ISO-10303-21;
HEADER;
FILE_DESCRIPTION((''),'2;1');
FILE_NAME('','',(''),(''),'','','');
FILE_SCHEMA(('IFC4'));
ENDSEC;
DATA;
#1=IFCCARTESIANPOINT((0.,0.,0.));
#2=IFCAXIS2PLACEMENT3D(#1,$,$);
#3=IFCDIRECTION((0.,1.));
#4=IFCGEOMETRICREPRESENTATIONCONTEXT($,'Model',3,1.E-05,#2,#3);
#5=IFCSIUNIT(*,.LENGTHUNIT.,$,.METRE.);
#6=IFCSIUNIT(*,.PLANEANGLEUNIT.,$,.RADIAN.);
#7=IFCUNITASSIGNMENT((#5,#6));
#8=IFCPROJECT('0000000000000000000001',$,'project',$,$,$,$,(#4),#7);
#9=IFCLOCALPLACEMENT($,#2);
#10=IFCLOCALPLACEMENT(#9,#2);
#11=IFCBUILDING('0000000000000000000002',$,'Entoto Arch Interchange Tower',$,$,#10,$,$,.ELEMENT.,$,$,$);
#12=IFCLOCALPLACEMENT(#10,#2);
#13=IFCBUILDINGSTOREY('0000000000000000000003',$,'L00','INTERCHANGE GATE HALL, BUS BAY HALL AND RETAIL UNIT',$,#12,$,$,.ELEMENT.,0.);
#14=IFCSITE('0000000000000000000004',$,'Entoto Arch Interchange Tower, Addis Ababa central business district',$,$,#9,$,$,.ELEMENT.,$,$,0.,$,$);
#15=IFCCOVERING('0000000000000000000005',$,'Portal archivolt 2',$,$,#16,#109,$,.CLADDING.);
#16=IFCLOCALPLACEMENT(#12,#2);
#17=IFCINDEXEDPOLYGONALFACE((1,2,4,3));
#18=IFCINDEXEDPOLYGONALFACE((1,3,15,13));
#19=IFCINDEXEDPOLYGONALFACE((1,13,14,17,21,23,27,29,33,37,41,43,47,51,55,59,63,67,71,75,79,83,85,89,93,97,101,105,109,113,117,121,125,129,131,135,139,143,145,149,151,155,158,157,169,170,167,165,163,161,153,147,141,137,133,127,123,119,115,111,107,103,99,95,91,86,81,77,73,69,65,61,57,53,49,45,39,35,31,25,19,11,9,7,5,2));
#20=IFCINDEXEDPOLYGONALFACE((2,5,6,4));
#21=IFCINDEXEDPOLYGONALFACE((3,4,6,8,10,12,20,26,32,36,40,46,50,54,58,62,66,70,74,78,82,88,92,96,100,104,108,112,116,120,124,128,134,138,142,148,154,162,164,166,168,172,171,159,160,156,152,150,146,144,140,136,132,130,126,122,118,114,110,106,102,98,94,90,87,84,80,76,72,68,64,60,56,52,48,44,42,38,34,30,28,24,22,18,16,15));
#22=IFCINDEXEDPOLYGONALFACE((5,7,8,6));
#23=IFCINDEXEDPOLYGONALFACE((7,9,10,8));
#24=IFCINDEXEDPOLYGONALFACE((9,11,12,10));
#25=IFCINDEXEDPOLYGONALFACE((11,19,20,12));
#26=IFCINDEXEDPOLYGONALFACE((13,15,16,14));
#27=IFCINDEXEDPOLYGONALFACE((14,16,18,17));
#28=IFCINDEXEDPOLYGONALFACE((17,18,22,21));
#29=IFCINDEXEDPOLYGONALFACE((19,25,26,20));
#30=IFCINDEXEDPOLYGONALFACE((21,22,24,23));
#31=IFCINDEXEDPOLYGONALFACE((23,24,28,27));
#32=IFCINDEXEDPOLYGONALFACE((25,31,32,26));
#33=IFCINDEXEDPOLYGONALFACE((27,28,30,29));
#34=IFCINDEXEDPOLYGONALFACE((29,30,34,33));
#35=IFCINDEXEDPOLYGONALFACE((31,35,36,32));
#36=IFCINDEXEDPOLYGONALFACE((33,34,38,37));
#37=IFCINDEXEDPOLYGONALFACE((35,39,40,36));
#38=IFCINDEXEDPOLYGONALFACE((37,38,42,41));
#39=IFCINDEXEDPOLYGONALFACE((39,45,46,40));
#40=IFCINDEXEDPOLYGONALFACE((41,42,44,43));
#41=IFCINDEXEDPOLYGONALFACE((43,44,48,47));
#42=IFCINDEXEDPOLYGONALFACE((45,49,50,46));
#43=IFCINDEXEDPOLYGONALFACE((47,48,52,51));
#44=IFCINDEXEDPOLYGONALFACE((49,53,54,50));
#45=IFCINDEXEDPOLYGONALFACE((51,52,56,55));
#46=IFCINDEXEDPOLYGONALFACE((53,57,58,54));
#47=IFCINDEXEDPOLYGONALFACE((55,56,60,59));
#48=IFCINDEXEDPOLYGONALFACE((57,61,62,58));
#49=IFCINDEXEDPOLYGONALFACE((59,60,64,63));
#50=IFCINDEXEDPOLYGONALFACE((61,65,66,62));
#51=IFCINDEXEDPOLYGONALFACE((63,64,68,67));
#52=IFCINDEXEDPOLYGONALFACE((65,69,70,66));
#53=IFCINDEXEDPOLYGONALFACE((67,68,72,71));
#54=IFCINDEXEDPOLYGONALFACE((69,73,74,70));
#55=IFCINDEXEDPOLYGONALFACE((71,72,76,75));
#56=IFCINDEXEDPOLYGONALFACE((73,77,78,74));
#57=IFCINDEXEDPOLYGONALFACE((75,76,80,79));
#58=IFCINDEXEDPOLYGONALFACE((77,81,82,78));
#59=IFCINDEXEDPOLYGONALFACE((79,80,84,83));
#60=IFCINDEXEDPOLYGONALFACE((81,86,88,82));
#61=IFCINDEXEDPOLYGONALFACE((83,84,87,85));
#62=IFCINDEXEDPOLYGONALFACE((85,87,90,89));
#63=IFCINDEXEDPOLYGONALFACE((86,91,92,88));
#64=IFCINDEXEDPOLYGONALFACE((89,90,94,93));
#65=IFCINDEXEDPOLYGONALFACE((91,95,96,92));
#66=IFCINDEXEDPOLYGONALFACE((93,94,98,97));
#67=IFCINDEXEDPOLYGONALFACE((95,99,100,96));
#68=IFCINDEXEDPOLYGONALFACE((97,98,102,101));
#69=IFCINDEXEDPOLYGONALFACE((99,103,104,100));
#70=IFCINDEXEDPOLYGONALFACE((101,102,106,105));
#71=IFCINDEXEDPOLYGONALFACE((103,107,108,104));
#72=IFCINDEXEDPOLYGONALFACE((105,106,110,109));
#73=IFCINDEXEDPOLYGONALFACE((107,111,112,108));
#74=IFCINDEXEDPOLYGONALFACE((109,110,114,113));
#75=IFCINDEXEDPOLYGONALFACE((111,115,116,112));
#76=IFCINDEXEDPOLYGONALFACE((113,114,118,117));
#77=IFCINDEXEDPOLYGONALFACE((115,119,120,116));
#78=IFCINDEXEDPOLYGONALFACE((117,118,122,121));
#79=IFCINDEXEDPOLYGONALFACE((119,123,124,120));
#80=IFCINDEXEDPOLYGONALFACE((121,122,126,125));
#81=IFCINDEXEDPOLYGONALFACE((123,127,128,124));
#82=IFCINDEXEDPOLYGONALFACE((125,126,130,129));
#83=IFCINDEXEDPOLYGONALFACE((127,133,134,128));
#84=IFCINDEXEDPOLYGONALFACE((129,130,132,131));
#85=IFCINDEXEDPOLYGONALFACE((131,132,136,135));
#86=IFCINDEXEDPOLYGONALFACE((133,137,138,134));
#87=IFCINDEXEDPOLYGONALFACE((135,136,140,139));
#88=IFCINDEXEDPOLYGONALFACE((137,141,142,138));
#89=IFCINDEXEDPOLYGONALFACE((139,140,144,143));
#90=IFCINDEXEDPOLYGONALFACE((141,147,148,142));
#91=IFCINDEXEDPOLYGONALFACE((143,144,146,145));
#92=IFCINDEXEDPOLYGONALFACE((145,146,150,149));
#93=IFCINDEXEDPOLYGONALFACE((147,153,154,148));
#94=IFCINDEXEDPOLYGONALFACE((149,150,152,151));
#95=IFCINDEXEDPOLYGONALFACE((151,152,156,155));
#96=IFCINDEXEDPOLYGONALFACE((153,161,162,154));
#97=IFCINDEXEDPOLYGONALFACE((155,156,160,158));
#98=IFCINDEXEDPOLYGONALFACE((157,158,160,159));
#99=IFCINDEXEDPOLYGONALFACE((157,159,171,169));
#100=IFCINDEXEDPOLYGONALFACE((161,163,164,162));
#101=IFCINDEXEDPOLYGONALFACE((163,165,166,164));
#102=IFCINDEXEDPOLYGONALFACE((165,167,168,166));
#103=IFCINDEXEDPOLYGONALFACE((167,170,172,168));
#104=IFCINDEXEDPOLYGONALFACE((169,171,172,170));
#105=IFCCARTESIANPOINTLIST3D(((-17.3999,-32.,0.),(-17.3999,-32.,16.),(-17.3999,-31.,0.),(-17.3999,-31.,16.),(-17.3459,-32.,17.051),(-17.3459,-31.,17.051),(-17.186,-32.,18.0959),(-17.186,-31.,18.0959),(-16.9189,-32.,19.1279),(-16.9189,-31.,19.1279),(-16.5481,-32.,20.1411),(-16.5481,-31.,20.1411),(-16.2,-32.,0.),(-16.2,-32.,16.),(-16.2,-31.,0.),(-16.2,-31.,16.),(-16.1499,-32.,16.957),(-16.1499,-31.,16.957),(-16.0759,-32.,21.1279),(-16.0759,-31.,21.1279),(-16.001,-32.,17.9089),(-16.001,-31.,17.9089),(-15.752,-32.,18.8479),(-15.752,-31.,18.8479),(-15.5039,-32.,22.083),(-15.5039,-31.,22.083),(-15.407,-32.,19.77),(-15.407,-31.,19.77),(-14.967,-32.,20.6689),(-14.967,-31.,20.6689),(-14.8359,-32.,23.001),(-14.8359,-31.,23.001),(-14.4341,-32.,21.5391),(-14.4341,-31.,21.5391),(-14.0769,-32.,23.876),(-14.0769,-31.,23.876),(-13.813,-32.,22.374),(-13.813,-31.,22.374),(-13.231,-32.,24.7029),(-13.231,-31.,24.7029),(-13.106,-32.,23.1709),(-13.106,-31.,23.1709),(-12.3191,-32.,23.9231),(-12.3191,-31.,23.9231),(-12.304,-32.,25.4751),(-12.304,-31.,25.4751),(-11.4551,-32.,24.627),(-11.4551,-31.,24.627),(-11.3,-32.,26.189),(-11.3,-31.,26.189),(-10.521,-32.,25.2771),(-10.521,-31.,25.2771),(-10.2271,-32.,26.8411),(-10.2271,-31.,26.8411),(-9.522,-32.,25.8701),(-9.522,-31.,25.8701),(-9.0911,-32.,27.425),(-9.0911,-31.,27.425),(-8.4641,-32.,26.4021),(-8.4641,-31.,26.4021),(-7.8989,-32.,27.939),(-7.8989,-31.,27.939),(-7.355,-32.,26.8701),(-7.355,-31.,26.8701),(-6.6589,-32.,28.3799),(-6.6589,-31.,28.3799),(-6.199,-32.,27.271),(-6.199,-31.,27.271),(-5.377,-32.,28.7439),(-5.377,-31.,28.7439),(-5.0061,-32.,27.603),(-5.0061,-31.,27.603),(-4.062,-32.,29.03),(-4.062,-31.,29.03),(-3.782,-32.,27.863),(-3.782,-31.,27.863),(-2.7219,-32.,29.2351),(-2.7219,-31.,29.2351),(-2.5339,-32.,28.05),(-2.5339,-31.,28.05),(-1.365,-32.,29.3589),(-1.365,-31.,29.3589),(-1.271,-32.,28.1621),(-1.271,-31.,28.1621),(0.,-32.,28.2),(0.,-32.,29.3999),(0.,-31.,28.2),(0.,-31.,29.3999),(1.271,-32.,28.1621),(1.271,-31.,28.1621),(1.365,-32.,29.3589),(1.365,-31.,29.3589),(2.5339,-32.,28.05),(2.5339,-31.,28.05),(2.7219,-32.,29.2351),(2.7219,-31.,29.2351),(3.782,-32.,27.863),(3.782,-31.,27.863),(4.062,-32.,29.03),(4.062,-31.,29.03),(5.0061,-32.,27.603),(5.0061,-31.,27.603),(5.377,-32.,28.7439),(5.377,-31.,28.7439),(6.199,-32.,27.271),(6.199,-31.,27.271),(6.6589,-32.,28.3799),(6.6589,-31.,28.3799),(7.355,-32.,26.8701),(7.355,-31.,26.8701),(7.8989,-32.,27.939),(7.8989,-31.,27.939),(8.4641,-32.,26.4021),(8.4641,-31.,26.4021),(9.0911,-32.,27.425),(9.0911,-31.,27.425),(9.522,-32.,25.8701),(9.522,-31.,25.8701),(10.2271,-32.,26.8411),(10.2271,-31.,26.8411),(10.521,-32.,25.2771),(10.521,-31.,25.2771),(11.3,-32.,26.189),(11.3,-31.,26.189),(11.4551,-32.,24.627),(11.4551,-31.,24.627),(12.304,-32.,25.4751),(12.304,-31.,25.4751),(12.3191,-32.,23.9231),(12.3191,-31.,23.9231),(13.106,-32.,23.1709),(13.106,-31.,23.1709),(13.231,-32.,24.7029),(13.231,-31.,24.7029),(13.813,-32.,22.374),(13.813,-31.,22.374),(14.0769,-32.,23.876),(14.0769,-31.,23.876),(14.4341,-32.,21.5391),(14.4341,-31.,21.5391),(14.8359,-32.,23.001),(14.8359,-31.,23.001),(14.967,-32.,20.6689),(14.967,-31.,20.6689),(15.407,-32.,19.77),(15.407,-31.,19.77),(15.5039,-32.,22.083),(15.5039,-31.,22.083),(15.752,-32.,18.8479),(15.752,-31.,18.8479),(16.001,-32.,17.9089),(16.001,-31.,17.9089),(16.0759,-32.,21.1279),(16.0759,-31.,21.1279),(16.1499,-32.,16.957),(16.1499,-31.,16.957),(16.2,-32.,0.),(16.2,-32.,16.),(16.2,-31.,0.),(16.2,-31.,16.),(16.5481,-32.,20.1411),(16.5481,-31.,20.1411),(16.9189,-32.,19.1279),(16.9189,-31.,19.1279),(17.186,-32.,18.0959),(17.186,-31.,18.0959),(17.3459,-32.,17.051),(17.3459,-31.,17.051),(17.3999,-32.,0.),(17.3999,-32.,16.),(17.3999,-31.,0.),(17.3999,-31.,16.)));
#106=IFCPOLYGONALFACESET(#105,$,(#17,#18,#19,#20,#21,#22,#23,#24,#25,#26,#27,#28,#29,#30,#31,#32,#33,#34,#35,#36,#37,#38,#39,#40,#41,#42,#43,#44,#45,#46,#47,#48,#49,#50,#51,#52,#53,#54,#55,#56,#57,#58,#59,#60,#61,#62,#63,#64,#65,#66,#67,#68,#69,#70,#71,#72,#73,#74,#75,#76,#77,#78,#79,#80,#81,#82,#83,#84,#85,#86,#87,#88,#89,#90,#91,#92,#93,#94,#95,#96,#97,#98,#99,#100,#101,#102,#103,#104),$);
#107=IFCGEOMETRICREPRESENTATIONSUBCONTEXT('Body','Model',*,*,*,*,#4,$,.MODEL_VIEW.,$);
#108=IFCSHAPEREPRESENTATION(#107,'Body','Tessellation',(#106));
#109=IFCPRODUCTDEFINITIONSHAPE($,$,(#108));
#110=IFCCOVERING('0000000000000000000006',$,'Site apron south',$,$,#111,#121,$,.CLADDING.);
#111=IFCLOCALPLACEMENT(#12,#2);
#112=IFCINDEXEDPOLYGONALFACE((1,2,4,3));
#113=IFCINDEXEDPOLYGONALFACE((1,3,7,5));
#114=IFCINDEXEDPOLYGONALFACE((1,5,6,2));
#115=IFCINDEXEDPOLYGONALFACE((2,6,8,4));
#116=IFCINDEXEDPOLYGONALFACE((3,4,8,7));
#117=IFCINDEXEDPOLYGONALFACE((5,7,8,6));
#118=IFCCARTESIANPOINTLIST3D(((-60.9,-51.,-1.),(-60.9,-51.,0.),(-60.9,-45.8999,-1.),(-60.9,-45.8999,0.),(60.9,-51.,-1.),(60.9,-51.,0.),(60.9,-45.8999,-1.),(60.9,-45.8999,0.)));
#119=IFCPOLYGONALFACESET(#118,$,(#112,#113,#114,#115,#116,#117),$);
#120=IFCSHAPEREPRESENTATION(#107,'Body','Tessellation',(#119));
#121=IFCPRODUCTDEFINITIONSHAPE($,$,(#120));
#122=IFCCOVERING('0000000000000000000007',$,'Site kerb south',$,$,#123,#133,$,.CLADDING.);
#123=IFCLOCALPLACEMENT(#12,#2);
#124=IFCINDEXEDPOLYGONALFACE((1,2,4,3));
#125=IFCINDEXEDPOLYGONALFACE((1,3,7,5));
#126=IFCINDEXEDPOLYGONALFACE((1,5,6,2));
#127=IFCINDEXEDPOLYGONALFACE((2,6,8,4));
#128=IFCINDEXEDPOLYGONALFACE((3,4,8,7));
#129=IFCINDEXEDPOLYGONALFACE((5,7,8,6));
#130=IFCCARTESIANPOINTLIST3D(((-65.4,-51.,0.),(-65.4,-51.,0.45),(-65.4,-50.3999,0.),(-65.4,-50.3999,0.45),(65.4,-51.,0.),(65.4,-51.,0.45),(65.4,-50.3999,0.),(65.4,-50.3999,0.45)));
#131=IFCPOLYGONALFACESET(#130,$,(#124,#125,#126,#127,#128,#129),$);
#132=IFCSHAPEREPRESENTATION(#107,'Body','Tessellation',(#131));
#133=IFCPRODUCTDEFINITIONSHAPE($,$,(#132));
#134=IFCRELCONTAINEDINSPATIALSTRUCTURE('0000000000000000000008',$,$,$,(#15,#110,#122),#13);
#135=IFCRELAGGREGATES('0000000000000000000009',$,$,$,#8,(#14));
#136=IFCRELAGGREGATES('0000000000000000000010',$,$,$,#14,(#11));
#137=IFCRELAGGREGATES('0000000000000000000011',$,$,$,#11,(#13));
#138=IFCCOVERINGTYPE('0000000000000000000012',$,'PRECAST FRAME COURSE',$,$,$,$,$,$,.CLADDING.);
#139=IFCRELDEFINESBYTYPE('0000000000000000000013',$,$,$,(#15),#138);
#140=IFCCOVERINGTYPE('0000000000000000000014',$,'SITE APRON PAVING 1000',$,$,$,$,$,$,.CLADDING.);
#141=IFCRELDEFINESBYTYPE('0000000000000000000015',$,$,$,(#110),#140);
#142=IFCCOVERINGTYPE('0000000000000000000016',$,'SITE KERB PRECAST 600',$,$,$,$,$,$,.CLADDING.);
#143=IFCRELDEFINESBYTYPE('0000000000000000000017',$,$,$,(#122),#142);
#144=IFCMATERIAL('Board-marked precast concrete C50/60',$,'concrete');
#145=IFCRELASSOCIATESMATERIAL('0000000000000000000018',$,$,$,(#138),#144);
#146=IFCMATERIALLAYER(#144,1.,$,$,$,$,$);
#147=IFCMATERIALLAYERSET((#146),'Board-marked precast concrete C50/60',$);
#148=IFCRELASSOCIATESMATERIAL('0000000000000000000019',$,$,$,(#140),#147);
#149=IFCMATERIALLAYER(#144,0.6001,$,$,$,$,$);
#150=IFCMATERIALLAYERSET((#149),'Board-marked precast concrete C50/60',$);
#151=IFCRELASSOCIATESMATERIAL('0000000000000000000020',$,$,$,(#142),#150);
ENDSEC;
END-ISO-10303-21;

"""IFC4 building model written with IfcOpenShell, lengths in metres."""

from ifc_helpers import new_model, si_unit, direction, frame, origin, origin_2d, place, context, subcontext, project, spatial, polyline, rectangle, outline, extrude, material, layer, layer_set, type_object, element, save


model = new_model("IFC4")

# Units and contexts
model_context = context("Model", 3, precision=1e-05, world=origin(), true_north=direction((0.0, 1.0)))
body_context = subcontext(model_context, "Body", "Model", "MODEL_VIEW")
ifc_project = project(units=[si_unit("LENGTHUNIT", "METRE"), si_unit("PLANEANGLEUNIT", "RADIAN")], contexts=[model_context])

# Site, building, storey
site_placement = place(None, origin())
site = spatial("IfcSite", under=ifc_project, at=site_placement, Name="Entoto Arch Interchange Tower, Addis Ababa central business district", CompositionType="ELEMENT", RefElevation=0.0)
building_placement = place(site_placement, origin())
building = spatial("IfcBuilding", under=site, at=building_placement, Name="Entoto Arch Interchange Tower", CompositionType="ELEMENT")
storey_placement = place(building_placement, origin())
storey = spatial("IfcBuildingStorey", under=building, at=storey_placement, Name="L00", Description="INTERCHANGE GATE HALL, BUS BAY HALL AND RETAIL UNIT", CompositionType="ELEMENT", Elevation=0.0)

# Coverings
ifc_material_1 = material(Name="Board-marked precast concrete C50/60", Category="concrete")
covering_type_1 = type_object("IfcCoveringType", Name="PRECAST FRAME COURSE", PredefinedType="CLADDING", material=ifc_material_1)
covering_1_placement = place(storey_placement, frame((16.2, -31.0, 0.0), z_axis=(0.0, 1.0, 0.0), x_axis=(0.0, 0.0, 1.0)))
element("IfcCovering", 1, at=covering_1_placement, inside=storey, type_object=covering_type_1, Name="Portal archivolt 2", PredefinedType="CLADDING", context=body_context, shape_type="SweptSolid", body=[
    extrude(outline(polyline([(0.0, 0.0), (16.0, 0.0), (16.957, -0.05), (17.9089, -0.199), (18.8479, -0.448), (19.77, -0.793), (20.6689, -1.2329), (21.5391, -1.7659), (22.374, -2.387), (23.1709, -3.094), (23.9231, -3.8809), (24.627, -4.7449), (25.2771, -5.679), (25.8701, -6.678), (26.4021, -7.7358), (26.8701, -8.845), (27.271, -10.001), (27.603, -11.1938), (27.863, -12.418), (28.05, -13.666), (28.1621, -14.929), (28.2, -16.2), (28.1621, -17.4709), (28.05, -18.7339), (27.863, -19.9819), (27.603, -21.2061), (27.271, -22.3989), (26.8701, -23.5549), (26.4021, -24.6641), (25.8701, -25.7219), (25.2771, -26.7209), (24.627, -27.655), (23.9231, -28.519), (23.1709, -29.3059), (22.374, -30.0129), (21.5391, -30.634), (20.6689, -31.167), (19.77, -31.6069), (18.8479, -31.9519), (17.9089, -32.2009), (16.957, -32.3499), (16.0, -32.3999), (0.0, -32.3999), (0.0, -33.5999), (16.0, -33.5999), (17.051, -33.5459), (18.0959, -33.386), (19.1279, -33.1189), (20.1411, -32.748), (21.1279, -32.2759), (22.083, -31.7039), (23.001, -31.0359), (23.876, -30.2769), (24.7029, -29.4309), (25.4751, -28.5039), (26.189, -27.5), (26.8411, -26.427), (27.425, -25.291), (27.939, -24.0989), (28.3799, -22.8589), (28.7439, -21.5769), (29.03, -20.262), (29.2351, -18.9219), (29.3589, -17.5649), (29.3999, -16.2), (29.3589, -14.835), (29.2351, -13.478), (29.03, -12.1379), (28.7439, -10.823), (28.3799, -9.541), (27.939, -8.301), (27.425, -7.1089), (26.8411, -5.9729), (26.189, -4.8999), (25.4751, -3.896), (24.7029, -2.969), (23.876, -2.123), (23.001, -1.364), (22.083, -0.696), (21.1279, -0.124), (20.1411, 0.3481), (19.1279, 0.719), (18.0959, 0.9861), (17.051, 1.146), (16.0, 1.2), (0.0, 1.2), (0.0, 0.0)])), origin(), (0.0, 0.0, -1.0), 1.0),
])
ifc_layer_1 = layer(ifc_material_1, 1.0)
ifc_layer_set_1 = layer_set([ifc_layer_1], Name="Board-marked precast concrete C50/60")
covering_type_2 = type_object("IfcCoveringType", Name="SITE APRON PAVING 1000", PredefinedType="CLADDING", material=ifc_layer_set_1)
covering_2_placement = place(storey_placement, frame((0.0, -48.45, -1.0), z_axis=(0.0, 0.0, 1.0), x_axis=(1.0, 0.0, 0.0)))
element("IfcCovering", 2, at=covering_2_placement, inside=storey, type_object=covering_type_2, Name="Site apron south", PredefinedType="CLADDING", context=body_context, shape_type="SweptSolid", body=[
    extrude(rectangle(XDim=121.8, YDim=5.1001, at=origin_2d()), origin(), (0.0, 0.0, 1.0), 1.0),
])
ifc_layer_2 = layer(ifc_material_1, 0.6001)
ifc_layer_set_2 = layer_set([ifc_layer_2], Name="Board-marked precast concrete C50/60")
covering_type_3 = type_object("IfcCoveringType", Name="SITE KERB PRECAST 600", PredefinedType="CLADDING", material=ifc_layer_set_2)
covering_3_placement = place(storey_placement, frame((0.0, -50.7, 0.0), z_axis=(0.0, 0.0, 1.0), x_axis=(1.0, 0.0, 0.0)))
element("IfcCovering", 3, at=covering_3_placement, inside=storey, type_object=covering_type_3, Name="Site kerb south", PredefinedType="CLADDING", context=body_context, shape_type="SweptSolid", body=[
    extrude(rectangle(XDim=130.8, YDim=0.6001, at=origin_2d()), origin(), (0.0, 0.0, 1.0), 0.45),
])

save(model, "model.ifc")
